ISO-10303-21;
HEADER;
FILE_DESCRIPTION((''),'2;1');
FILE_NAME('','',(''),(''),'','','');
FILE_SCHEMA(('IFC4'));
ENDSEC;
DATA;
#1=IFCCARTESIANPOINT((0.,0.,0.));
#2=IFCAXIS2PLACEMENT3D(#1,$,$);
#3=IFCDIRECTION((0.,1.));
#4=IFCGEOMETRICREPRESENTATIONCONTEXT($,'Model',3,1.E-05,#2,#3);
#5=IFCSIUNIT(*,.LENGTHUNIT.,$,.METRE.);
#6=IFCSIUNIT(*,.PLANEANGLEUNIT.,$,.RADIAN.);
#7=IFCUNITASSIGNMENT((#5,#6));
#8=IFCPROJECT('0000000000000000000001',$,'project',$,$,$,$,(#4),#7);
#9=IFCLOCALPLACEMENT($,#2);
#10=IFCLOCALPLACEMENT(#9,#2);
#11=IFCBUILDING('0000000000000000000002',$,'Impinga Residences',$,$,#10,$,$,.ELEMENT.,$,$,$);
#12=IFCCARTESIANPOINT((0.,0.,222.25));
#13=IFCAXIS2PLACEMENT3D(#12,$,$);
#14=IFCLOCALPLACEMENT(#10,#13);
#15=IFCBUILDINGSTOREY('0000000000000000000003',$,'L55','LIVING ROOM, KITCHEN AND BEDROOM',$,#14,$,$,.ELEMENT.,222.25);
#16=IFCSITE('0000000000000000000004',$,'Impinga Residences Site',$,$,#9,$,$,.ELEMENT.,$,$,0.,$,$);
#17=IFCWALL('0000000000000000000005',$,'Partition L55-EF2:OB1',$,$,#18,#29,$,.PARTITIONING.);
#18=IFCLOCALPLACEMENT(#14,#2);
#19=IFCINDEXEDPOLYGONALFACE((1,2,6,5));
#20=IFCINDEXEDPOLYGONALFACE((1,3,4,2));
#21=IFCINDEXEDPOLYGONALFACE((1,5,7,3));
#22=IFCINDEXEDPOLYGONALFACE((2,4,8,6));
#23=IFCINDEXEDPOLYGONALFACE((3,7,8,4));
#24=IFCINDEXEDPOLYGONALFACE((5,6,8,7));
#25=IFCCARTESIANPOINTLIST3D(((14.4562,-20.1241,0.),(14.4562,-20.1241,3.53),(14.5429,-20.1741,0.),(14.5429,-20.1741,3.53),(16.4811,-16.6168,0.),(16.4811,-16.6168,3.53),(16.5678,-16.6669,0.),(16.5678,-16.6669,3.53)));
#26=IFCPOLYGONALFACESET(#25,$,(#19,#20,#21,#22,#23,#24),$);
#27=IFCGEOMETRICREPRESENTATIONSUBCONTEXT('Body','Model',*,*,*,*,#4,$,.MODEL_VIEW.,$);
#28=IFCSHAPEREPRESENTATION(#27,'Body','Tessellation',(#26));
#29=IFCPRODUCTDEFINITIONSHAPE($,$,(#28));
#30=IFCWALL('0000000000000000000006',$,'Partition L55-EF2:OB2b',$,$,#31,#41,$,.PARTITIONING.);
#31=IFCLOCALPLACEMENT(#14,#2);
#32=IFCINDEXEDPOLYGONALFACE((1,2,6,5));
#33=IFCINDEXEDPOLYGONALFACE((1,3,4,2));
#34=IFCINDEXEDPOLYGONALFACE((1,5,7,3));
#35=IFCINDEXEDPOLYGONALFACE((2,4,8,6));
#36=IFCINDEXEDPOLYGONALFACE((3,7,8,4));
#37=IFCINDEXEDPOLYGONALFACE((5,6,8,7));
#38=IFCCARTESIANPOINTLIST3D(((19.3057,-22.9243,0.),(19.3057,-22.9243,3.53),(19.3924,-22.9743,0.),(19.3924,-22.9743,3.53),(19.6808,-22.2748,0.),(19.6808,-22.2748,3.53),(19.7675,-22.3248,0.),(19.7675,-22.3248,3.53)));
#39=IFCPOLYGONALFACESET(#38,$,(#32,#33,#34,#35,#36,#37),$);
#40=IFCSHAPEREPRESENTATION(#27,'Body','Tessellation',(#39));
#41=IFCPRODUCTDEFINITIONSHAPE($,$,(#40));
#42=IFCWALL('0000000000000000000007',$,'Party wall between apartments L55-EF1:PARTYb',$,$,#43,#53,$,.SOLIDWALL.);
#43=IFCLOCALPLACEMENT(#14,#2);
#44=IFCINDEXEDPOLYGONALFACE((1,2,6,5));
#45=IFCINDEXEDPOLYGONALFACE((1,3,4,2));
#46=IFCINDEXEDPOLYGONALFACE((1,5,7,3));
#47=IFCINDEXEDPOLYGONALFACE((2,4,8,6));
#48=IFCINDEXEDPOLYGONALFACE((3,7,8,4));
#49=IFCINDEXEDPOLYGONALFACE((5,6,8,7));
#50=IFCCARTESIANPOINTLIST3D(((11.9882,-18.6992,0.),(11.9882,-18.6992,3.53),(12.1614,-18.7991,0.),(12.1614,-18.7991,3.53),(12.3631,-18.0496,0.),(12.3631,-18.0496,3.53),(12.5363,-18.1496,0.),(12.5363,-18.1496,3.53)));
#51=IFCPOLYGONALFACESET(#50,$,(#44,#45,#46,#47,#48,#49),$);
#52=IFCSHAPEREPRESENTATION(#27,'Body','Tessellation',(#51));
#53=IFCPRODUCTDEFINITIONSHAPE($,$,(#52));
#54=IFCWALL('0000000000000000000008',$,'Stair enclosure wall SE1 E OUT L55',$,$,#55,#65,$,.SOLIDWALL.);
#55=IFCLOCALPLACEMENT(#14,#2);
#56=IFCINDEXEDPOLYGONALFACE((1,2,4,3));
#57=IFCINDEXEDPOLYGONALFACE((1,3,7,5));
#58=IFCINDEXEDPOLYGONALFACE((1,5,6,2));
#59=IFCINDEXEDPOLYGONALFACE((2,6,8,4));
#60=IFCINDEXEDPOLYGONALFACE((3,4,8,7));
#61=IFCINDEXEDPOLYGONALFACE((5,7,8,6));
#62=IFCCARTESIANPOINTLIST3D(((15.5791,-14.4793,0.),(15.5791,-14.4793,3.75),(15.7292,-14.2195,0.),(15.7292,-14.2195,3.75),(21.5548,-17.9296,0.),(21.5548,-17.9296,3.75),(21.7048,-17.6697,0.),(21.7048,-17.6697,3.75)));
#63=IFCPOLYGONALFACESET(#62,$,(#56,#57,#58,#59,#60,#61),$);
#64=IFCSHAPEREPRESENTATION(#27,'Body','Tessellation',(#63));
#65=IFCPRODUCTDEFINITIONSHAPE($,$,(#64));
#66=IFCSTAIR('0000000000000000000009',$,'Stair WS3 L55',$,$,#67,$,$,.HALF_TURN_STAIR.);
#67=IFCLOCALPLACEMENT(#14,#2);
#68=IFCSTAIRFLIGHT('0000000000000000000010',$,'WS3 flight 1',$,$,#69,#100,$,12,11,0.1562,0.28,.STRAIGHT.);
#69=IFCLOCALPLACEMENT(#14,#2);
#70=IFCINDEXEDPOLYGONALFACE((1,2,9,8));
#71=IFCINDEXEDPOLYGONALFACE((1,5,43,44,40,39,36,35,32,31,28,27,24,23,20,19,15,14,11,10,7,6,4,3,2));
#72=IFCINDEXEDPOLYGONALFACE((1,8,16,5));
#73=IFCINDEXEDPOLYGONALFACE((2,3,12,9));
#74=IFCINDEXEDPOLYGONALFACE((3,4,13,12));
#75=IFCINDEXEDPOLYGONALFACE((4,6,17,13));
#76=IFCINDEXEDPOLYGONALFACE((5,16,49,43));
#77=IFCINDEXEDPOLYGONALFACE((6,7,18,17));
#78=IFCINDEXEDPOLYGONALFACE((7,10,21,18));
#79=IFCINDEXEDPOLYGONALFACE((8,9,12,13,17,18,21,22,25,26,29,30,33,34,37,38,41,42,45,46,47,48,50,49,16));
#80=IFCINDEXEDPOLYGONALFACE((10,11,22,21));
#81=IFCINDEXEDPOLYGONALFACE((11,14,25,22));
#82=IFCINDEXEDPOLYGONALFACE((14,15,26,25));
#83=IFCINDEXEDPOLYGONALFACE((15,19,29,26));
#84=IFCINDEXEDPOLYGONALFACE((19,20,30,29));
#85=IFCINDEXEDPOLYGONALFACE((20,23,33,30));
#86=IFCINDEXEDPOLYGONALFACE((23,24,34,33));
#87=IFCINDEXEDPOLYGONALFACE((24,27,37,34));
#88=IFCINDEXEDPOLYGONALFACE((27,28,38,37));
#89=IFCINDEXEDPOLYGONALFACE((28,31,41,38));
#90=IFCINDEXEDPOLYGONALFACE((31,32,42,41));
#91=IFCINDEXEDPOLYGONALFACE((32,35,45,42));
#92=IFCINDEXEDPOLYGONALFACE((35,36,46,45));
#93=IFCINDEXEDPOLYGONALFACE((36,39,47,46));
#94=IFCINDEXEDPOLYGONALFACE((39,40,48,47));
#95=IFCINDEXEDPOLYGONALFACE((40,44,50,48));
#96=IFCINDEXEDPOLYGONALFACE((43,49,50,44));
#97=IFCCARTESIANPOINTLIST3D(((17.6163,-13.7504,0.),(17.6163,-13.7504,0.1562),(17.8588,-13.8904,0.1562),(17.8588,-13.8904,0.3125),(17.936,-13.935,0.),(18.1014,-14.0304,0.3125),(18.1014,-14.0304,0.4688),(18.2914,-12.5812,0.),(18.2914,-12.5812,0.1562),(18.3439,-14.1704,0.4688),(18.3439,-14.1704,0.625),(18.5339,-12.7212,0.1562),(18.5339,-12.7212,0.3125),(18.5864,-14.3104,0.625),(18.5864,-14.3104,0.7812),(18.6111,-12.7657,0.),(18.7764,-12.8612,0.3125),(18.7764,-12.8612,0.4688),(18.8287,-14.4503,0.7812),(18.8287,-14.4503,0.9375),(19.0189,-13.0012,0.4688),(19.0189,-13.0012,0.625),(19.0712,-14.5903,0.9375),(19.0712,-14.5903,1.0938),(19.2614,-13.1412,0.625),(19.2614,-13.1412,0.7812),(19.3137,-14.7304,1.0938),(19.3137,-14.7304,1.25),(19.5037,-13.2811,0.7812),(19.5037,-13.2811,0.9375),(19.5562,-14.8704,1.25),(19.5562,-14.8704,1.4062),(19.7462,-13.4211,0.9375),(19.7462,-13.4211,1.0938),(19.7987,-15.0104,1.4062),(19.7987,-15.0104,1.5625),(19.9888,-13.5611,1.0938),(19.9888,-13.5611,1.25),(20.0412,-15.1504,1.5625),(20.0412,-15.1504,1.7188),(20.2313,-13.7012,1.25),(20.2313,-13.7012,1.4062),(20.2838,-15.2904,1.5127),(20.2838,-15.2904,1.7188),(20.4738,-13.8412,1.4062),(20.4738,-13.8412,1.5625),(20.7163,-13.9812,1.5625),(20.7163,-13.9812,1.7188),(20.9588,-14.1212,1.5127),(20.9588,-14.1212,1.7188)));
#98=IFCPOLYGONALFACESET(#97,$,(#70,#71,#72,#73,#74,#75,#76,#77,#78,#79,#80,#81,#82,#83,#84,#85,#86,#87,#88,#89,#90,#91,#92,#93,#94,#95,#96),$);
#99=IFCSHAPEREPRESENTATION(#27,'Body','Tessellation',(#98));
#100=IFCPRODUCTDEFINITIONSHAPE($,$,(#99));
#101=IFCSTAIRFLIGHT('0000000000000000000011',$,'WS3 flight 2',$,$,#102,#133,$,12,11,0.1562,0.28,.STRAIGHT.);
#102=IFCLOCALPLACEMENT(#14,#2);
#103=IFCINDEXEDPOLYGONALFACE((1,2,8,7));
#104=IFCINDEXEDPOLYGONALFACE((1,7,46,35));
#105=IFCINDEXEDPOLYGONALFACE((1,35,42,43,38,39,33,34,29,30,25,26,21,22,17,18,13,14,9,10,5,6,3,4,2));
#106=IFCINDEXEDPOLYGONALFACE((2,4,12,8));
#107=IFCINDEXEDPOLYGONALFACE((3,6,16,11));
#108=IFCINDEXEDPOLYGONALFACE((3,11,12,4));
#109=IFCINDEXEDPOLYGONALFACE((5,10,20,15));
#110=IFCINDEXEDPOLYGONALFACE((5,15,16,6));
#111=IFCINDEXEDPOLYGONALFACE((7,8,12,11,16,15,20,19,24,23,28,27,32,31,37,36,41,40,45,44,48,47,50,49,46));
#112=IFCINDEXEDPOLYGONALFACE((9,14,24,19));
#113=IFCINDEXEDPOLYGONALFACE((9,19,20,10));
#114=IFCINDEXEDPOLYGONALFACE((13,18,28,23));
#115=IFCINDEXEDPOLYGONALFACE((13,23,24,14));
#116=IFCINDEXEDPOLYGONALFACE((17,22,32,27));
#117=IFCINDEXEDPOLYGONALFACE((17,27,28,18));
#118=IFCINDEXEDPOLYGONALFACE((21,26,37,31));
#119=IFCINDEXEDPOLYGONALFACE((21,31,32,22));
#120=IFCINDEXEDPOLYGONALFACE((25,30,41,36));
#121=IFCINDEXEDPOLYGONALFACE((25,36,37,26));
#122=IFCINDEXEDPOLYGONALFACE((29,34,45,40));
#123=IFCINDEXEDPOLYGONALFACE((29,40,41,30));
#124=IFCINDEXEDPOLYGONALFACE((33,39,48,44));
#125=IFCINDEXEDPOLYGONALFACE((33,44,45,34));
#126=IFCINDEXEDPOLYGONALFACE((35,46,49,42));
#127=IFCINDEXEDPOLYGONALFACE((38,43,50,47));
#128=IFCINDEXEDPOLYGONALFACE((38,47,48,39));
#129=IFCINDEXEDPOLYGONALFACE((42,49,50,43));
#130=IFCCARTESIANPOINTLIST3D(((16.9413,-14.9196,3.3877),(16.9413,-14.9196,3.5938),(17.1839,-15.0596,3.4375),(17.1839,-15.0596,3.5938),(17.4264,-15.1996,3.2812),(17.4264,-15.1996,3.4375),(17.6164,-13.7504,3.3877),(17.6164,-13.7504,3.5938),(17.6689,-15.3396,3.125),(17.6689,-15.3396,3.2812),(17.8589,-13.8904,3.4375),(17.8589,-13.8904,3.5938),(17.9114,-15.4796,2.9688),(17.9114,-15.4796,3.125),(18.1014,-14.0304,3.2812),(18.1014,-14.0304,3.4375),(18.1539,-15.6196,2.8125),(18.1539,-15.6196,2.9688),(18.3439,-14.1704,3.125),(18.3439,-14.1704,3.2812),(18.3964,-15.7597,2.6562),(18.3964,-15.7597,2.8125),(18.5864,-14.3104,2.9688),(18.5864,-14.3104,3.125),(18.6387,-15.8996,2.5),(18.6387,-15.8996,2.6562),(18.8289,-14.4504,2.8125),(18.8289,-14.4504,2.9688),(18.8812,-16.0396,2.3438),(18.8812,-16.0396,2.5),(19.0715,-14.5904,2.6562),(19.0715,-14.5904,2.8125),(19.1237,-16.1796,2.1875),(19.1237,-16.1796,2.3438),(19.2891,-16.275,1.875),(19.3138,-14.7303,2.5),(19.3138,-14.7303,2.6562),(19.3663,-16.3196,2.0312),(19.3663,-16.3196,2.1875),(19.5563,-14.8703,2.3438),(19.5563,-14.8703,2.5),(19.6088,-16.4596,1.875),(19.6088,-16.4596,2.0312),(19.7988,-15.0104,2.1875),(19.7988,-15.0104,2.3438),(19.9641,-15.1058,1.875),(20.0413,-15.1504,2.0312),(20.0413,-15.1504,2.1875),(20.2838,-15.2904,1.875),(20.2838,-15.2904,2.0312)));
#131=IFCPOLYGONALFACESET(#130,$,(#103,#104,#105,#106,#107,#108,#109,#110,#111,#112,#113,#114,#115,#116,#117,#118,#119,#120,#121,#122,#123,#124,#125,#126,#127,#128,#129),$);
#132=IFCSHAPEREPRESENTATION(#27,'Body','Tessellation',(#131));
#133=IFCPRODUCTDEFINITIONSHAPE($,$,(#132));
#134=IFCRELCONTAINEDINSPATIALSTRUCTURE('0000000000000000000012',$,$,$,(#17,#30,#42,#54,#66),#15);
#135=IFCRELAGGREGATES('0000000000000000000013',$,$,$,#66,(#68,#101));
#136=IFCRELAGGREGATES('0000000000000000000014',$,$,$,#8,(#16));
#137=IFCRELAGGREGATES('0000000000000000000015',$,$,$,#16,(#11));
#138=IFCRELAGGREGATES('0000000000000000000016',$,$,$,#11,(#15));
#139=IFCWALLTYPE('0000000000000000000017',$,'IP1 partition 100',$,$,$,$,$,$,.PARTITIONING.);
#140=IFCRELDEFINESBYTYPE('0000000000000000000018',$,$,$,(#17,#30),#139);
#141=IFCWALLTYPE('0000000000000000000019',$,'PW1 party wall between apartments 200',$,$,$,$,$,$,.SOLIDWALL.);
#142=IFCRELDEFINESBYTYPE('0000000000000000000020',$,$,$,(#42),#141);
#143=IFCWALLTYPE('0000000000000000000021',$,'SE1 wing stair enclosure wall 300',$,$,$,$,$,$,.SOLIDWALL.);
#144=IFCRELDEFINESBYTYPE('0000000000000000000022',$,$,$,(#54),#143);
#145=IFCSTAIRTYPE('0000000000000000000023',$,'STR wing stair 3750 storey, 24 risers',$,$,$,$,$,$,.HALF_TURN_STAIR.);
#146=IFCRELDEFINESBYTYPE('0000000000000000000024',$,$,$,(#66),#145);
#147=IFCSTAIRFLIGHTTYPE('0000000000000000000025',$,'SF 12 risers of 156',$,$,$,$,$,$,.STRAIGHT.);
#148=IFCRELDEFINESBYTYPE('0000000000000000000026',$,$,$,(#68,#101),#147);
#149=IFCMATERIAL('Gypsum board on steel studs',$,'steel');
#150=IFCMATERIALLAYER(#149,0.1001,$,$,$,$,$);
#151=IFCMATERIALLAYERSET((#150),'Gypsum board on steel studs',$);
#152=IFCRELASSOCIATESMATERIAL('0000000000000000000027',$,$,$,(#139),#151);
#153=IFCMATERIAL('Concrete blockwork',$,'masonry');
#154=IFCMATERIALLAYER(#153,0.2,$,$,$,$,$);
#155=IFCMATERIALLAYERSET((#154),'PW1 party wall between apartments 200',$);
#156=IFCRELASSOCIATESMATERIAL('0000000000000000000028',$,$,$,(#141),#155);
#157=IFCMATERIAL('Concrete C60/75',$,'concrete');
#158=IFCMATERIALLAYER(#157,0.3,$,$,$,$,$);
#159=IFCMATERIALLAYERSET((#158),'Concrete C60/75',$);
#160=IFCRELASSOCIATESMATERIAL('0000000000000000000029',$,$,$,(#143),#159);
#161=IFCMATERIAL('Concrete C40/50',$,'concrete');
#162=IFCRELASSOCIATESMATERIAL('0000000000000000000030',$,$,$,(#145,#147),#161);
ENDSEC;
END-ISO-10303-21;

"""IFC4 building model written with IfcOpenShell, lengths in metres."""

from ifc_helpers import new_model, si_unit, direction, frame, frame_2d, origin, place, context, subcontext, project, spatial, polyline, rectangle, outline, extrude, material, layer, layer_set, type_object, element, aggregate, save


model = new_model("IFC4")

# Units and contexts
model_context = context("Model", 3, precision=1e-05, world=origin(), true_north=direction((0.0, 1.0)))
body_context = subcontext(model_context, "Body", "Model", "MODEL_VIEW")
ifc_project = project(units=[si_unit("LENGTHUNIT", "METRE"), si_unit("PLANEANGLEUNIT", "RADIAN")], contexts=[model_context])

# Site, building, storey
site_placement = place(None, origin())
site = spatial("IfcSite", under=ifc_project, at=site_placement, Name="Impinga Residences Site", CompositionType="ELEMENT", RefElevation=0.0)
building_placement = place(site_placement, origin())
building = spatial("IfcBuilding", under=site, at=building_placement, Name="Impinga Residences", CompositionType="ELEMENT")
storey_placement = place(building_placement, frame((0.0, 0.0, 222.25)))
storey = spatial("IfcBuildingStorey", under=building, at=storey_placement, Name="L55", Description="LIVING ROOM, KITCHEN AND BEDROOM", CompositionType="ELEMENT", Elevation=222.25)

# Shared definitions
ifc_material_1 = material(Name="Concrete C60/75", Category="concrete")

# Shared definitions
ifc_material_2 = material(Name="Gypsum board on steel studs", Category="steel")
ifc_layer_1 = layer(ifc_material_2, 0.1001)
ifc_layer_set_1 = layer_set([ifc_layer_1], Name="Gypsum board on steel studs")
wall_type_1 = type_object("IfcWallType", Name="IP1 partition 100", PredefinedType="PARTITIONING", material=ifc_layer_set_1)

# Walls
wall_1_placement = place(storey_placement, frame((16.5244, -16.6418, 0.0), z_axis=(0.0, 0.0, 1.0), x_axis=(-0.49999, -0.866031, 0.0)))
element("IfcWall", 1, at=wall_1_placement, inside=storey, type_object=wall_type_1, Name="Partition L55-EF2:OB1", PredefinedType="PARTITIONING", context=body_context, shape_type="SweptSolid", body=[
    extrude(rectangle(XDim=4.0498, YDim=0.1001, at=frame_2d((2.0249, 0.0))), origin(), (0.0, 0.0, 1.0), 3.53),
])
wall_2_placement = place(storey_placement, frame((19.7241, -22.2998, 0.0), z_axis=(0.0, 0.0, 1.0), x_axis=(-0.500061, -0.86599, 0.0)))
element("IfcWall", 2, at=wall_2_placement, inside=storey, type_object=wall_type_1, Name="Partition L55-EF2:OB2b", PredefinedType="PARTITIONING", context=body_context, shape_type="SweptSolid", body=[
    extrude(rectangle(XDim=0.75, YDim=0.1001, at=frame_2d((0.375, 0.0))), origin(), (0.0, 0.0, 1.0), 3.53),
])
ifc_material_3 = material(Name="Concrete blockwork", Category="masonry")
ifc_layer_2 = layer(ifc_material_3, 0.2)
ifc_layer_set_2 = layer_set([ifc_layer_2], Name="PW1 party wall between apartments 200")
wall_type_2 = type_object("IfcWallType", Name="PW1 party wall between apartments 200", PredefinedType="SOLIDWALL", material=ifc_layer_set_2)
wall_3_placement = place(storey_placement, frame((12.4497, -18.0996, 0.0), z_axis=(0.0, 0.0, 1.0), x_axis=(-0.49992, -0.866072, 0.0)))
element("IfcWall", 3, at=wall_3_placement, inside=storey, type_object=wall_type_2, Name="Party wall between apartments L55-EF1:PARTYb", PredefinedType="SOLIDWALL", context=body_context, shape_type="SweptSolid", body=[
    extrude(rectangle(XDim=0.75, YDim=0.2, at=frame_2d((0.375, 0.0))), origin(), (0.0, 0.0, 1.0), 3.53),
])
ifc_layer_3 = layer(ifc_material_1, 0.3)
ifc_layer_set_3 = layer_set([ifc_layer_3], Name="Concrete C60/75")
wall_type_3 = type_object("IfcWallType", Name="SE1 wing stair enclosure wall 300", PredefinedType="SOLIDWALL", material=ifc_layer_set_3)
wall_4_placement = place(storey_placement, frame((15.6541, -14.3494, 0.0), z_axis=(0.0, 0.0, 1.0), x_axis=(0.866014, -0.500021, 0.0)))
element("IfcWall", 4, at=wall_4_placement, inside=storey, type_object=wall_type_3, Name="Stair enclosure wall SE1 E OUT L55", PredefinedType="SOLIDWALL", context=body_context, shape_type="SweptSolid", body=[
    extrude(rectangle(XDim=6.9001, YDim=0.3, at=frame_2d((3.4502, 0.0))), origin(), (0.0, 0.0, 1.0), 3.75),
])

# Stair, stair flights
ifc_material_4 = material(Name="Concrete C40/50", Category="concrete")
stair_type = type_object("IfcStairType", Name="STR wing stair 3750 storey, 24 risers", PredefinedType="HALF_TURN_STAIR", material=ifc_material_4)
stair_placement = place(storey_placement, origin())
stair = element("IfcStair", 5, at=stair_placement, inside=storey, type_object=stair_type, Name="Stair WS3 L55", PredefinedType="HALF_TURN_STAIR")
stair_flight_type = type_object("IfcStairFlightType", Name="SF 12 risers of 156", PredefinedType="STRAIGHT", material=ifc_material_4)
stair_flight_1_placement = place(storey_placement, frame((17.9539, -13.1658, 0.0), z_axis=(0.0, 0.0, 1.0), x_axis=(0.866025, -0.5, 0.0)))
stair_flight_1 = element("IfcStairFlight", 6, at=stair_flight_1_placement, type_object=stair_flight_type, Name="WS3 flight 1", NumberOfRisers=12, NumberOfTreads=11, PredefinedType="STRAIGHT", RiserHeight=0.1562, TreadLength=0.28, context=body_context, shape_type="SweptSolid", body=[
    extrude(outline(polyline([(0.0, 0.0), (0.0, 0.1562), (0.28, 0.1562), (0.28, 0.3125), (0.5601, 0.3125), (0.5601, 0.4688), (0.8401, 0.4688), (0.8401, 0.625), (1.1201, 0.625), (1.1201, 0.7812), (1.3999, 0.7812), (1.3999, 0.9375), (1.6799, 0.9375), (1.6799, 1.0938), (1.96, 1.0938), (1.96, 1.25), (2.24, 1.25), (2.24, 1.4062), (2.52, 1.4062), (2.52, 1.5625), (2.8, 1.5625), (2.8, 1.7188), (3.0801, 1.7188), (3.0801, 1.875), (3.0801, 1.5127), (0.3691, 0.0), (0.0, 0.0)])), frame((0.0, 0.675, 0.0), z_axis=(0.0, -1.0, 0.0), x_axis=(1.0, 0.0, 0.0)), (0.0, 0.0, 1.0), 1.3501),
])
stair_flight_2_placement = place(storey_placement, frame((19.9463, -15.875, 1.875), z_axis=(0.0, 0.0, 1.0), x_axis=(-0.866025, 0.5, 0.0)))
stair_flight_2 = element("IfcStairFlight", 7, at=stair_flight_2_placement, type_object=stair_flight_type, Name="WS3 flight 2", NumberOfRisers=12, NumberOfTreads=11, PredefinedType="STRAIGHT", RiserHeight=0.1562, TreadLength=0.28, context=body_context, shape_type="SweptSolid", body=[
    extrude(outline(polyline([(0.0, 0.0), (0.0, 0.1562), (0.28, 0.1562), (0.28, 0.3125), (0.5601, 0.3125), (0.5601, 0.4688), (0.8401, 0.4688), (0.8401, 0.625), (1.1201, 0.625), (1.1201, 0.7812), (1.3999, 0.7812), (1.3999, 0.9375), (1.6799, 0.9375), (1.6799, 1.0938), (1.96, 1.0938), (1.96, 1.25), (2.24, 1.25), (2.24, 1.4062), (2.52, 1.4062), (2.52, 1.5625), (2.8, 1.5625), (2.8, 1.7188), (3.0801, 1.7188), (3.0801, 1.875), (3.0801, 1.5127), (0.3691, 0.0), (0.0, 0.0)])), frame((0.0, 0.675, 0.0), z_axis=(0.0, -1.0, 0.0), x_axis=(1.0, 0.0, 0.0)), (0.0, 0.0, 1.0), 1.3501),
])
aggregate(stair, [stair_flight_1, stair_flight_2])

save(model, "model.ifc")
